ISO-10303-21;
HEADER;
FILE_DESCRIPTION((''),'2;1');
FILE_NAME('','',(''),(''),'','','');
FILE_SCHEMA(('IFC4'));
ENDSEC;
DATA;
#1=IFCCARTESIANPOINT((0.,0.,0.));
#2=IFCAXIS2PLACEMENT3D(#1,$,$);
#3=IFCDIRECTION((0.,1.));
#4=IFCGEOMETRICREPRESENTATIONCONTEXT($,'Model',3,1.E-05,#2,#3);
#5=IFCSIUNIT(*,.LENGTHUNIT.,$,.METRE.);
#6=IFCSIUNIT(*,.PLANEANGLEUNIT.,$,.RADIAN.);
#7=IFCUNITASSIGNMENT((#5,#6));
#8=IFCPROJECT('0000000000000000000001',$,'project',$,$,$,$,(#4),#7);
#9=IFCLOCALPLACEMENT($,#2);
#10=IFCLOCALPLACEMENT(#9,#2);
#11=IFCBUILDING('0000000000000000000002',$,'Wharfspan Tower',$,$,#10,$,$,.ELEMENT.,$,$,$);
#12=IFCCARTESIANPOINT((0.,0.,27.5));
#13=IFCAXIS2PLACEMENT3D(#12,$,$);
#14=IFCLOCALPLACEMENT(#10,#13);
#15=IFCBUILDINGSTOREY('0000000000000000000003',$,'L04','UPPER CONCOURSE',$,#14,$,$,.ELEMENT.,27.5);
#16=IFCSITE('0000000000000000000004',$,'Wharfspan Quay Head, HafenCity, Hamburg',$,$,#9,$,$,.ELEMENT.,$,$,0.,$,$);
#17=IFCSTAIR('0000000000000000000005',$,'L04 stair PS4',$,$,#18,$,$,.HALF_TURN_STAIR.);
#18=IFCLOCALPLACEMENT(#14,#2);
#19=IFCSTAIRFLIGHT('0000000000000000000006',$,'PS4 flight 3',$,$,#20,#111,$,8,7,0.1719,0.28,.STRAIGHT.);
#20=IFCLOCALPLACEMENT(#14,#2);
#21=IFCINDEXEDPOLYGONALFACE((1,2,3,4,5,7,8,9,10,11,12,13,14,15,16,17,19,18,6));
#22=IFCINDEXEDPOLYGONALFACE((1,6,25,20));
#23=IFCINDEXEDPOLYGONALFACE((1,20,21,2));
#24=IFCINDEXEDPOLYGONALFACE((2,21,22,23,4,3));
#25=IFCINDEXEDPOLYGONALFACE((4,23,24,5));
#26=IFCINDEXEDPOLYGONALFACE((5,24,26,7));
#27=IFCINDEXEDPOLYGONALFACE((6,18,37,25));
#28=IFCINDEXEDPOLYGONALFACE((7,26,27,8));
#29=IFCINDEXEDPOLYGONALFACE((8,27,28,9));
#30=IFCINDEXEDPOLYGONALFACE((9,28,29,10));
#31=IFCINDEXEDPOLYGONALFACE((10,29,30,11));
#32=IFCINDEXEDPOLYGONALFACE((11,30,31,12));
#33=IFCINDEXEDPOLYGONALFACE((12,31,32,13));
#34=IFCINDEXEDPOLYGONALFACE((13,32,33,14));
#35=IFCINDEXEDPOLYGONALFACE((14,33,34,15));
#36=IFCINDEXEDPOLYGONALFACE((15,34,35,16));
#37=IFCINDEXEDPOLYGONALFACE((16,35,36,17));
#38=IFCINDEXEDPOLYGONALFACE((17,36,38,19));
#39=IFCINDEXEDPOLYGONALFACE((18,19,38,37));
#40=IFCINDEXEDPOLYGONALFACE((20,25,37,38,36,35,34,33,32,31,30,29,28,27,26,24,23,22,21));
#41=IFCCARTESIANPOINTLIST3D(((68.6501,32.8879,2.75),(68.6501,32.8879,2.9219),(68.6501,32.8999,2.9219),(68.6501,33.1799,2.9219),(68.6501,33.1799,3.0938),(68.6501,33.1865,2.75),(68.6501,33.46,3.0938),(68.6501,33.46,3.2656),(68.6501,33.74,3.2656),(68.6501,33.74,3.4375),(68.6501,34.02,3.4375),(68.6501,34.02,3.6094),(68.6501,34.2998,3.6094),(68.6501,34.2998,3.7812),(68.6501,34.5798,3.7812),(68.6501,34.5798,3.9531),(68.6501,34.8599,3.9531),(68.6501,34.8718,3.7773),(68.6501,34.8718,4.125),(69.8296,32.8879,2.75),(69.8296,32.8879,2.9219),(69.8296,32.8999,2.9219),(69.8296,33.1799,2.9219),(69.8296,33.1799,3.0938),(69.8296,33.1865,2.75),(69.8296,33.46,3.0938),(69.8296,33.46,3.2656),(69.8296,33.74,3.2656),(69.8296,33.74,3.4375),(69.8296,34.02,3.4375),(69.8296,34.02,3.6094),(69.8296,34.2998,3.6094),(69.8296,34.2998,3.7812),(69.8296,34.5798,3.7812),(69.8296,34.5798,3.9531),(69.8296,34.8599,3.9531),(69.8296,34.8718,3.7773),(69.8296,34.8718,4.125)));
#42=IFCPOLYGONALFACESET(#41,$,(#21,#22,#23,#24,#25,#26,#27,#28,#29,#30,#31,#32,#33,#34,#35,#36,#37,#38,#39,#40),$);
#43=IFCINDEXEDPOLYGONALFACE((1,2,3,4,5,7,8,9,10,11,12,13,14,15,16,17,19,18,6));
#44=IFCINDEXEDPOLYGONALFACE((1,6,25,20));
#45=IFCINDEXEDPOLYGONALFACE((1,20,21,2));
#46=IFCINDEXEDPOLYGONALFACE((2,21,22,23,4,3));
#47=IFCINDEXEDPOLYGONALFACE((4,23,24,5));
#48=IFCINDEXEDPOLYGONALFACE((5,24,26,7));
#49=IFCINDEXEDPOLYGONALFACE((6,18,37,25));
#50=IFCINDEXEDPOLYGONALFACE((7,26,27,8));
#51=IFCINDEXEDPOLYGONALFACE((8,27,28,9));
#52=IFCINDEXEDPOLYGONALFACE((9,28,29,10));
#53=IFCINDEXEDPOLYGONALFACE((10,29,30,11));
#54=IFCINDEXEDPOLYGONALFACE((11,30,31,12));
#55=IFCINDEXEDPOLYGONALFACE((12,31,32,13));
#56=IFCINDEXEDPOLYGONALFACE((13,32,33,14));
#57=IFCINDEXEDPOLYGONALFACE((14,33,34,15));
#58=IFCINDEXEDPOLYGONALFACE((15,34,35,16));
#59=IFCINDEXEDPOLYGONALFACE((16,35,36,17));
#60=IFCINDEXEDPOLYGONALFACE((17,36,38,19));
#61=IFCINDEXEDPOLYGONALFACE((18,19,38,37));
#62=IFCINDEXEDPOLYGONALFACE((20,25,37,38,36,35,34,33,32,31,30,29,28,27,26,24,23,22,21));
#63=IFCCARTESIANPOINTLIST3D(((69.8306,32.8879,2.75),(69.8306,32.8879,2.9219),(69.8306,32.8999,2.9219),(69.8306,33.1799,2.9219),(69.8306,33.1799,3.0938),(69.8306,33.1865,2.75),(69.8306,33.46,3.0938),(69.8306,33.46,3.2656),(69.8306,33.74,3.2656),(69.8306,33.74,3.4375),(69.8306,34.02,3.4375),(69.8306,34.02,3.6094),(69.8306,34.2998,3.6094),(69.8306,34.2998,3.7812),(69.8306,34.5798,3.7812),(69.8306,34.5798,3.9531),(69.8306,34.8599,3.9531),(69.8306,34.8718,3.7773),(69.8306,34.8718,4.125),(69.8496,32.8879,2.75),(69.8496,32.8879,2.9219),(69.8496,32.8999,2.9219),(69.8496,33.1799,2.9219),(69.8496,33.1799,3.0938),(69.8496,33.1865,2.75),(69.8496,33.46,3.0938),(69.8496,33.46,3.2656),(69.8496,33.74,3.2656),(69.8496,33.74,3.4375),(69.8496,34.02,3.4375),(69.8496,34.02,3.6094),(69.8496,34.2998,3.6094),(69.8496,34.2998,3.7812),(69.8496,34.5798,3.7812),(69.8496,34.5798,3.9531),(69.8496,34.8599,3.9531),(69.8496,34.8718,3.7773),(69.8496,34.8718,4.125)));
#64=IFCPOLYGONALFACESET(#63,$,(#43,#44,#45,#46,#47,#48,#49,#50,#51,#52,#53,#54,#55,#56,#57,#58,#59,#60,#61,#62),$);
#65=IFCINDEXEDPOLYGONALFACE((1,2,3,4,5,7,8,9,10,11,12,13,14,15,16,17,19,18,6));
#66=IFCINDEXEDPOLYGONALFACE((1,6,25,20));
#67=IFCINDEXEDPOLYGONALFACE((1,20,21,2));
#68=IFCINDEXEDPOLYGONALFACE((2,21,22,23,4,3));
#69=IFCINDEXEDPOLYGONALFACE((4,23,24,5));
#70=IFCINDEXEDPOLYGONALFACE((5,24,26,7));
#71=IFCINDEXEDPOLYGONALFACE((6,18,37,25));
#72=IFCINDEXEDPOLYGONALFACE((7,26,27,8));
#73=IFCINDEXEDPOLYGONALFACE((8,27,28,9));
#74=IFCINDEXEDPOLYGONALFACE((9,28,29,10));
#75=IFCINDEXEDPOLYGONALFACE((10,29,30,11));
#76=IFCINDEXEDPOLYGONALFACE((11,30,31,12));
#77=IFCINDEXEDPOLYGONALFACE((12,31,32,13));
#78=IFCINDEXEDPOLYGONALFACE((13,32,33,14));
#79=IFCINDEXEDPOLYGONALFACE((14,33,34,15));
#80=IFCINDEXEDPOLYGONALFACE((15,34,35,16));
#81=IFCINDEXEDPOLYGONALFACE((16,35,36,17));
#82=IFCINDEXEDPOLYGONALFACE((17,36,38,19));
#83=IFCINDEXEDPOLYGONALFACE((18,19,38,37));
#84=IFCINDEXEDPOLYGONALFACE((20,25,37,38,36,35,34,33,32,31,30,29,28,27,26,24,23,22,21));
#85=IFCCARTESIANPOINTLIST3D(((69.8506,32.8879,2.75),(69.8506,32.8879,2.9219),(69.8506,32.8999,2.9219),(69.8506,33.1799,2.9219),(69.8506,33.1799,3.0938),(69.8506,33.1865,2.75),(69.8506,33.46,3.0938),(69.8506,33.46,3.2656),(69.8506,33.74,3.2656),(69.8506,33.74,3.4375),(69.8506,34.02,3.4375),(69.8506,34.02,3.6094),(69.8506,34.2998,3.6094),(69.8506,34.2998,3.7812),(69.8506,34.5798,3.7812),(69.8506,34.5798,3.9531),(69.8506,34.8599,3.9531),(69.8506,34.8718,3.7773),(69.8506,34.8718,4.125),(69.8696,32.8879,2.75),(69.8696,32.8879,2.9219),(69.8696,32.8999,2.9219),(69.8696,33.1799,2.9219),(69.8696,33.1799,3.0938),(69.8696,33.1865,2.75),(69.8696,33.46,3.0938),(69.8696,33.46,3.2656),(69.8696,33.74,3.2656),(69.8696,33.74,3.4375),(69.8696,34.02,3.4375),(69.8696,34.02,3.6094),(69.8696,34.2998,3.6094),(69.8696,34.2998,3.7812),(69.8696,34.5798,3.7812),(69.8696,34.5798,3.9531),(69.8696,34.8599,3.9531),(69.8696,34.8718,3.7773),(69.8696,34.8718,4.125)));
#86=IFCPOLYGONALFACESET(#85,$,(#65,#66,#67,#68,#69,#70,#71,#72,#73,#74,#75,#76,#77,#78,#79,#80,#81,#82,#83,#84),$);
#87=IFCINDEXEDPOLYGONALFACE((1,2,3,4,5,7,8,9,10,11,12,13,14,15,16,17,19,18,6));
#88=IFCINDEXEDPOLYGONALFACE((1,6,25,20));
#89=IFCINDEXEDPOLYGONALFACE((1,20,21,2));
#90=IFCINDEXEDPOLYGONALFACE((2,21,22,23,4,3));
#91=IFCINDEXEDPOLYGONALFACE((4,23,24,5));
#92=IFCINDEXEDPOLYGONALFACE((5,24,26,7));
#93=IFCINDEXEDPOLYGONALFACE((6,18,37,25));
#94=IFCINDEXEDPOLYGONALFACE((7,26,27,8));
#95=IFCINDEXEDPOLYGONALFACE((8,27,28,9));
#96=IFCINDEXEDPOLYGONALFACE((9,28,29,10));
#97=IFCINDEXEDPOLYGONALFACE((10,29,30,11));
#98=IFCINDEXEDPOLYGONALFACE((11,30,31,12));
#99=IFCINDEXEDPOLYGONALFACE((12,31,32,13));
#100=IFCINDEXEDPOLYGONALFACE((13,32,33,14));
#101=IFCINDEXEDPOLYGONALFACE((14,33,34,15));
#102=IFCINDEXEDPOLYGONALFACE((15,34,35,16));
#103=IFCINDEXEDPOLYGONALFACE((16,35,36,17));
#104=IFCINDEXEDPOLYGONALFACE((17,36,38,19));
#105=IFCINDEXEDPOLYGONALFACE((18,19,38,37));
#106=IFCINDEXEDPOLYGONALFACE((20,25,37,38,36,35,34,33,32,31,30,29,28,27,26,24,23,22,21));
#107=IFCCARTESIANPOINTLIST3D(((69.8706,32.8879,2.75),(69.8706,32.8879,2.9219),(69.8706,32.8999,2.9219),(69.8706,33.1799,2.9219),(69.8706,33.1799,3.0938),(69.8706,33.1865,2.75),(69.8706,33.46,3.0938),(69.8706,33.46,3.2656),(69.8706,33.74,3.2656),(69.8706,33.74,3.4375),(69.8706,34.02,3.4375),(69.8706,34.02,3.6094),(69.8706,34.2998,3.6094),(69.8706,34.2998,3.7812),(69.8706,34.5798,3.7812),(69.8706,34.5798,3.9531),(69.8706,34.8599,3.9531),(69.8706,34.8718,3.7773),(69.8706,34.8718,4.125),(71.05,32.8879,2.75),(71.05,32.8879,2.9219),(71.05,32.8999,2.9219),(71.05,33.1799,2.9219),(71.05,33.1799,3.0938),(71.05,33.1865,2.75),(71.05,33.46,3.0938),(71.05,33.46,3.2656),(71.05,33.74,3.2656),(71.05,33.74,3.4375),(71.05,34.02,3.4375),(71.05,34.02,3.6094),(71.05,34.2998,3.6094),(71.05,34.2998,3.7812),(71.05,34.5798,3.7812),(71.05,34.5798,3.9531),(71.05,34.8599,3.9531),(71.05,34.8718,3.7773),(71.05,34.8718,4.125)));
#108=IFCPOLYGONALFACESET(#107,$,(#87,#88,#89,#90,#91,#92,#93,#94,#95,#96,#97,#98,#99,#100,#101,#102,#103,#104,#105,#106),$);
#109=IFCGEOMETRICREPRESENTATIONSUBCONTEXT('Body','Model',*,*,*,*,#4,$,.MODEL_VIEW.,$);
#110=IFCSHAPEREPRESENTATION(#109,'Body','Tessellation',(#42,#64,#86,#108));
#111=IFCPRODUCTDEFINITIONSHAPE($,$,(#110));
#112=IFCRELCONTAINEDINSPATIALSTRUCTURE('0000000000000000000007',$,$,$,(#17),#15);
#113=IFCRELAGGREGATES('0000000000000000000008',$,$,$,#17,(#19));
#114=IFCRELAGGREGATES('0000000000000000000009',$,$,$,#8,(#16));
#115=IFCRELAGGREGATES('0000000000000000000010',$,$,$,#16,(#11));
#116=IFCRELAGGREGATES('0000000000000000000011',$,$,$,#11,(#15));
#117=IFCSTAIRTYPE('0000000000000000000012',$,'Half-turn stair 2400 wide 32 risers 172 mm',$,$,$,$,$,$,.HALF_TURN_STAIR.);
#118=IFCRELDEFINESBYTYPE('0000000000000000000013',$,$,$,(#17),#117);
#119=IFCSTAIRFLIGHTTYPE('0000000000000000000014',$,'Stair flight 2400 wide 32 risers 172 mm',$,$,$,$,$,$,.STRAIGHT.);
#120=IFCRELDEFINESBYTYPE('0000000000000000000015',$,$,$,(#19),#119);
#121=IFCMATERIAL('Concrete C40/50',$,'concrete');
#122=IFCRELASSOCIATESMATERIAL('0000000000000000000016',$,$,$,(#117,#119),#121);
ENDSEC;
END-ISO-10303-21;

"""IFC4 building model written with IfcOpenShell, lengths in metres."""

from ifc_helpers import new_model, si_unit, direction, frame, origin, place, context, subcontext, project, spatial, polyline, outline, extrude, material, type_object, element, aggregate, save


model = new_model("IFC4")

# Units and contexts
model_context = context("Model", 3, precision=1e-05, world=origin(), true_north=direction((0.0, 1.0)))
body_context = subcontext(model_context, "Body", "Model", "MODEL_VIEW")
ifc_project = project(units=[si_unit("LENGTHUNIT", "METRE"), si_unit("PLANEANGLEUNIT", "RADIAN")], contexts=[model_context])

# Site, building, storey
site_placement = place(None, origin())
site = spatial("IfcSite", under=ifc_project, at=site_placement, Name="Wharfspan Quay Head, HafenCity, Hamburg", CompositionType="ELEMENT", RefElevation=0.0)
building_placement = place(site_placement, origin())
building = spatial("IfcBuilding", under=site, at=building_placement, Name="Wharfspan Tower", CompositionType="ELEMENT")
storey_placement = place(building_placement, frame((0.0, 0.0, 27.5)))
storey = spatial("IfcBuildingStorey", under=building, at=storey_placement, Name="L04", Description="UPPER CONCOURSE", CompositionType="ELEMENT", Elevation=27.5)

# Shared definitions
ifc_material_1 = material(Name="Concrete C40/50", Category="concrete")

# Stair, stair flight
stair_type = type_object("IfcStairType", Name="Half-turn stair 2400 wide 32 risers 172 mm", PredefinedType="HALF_TURN_STAIR", material=ifc_material_1)
stair_1_placement = place(storey_placement, origin())
stair_1 = element("IfcStair", 1, at=stair_1_placement, inside=storey, type_object=stair_type, Name="L04 stair PS4", PredefinedType="HALF_TURN_STAIR")
stair_flight_type = type_object("IfcStairFlightType", Name="Stair flight 2400 wide 32 risers 172 mm", PredefinedType="STRAIGHT", material=ifc_material_1)
stair_flight_1_placement = place(storey_placement, frame((69.8501, 32.8999, 2.75), z_axis=(0.0, 0.0, 1.0), x_axis=(0.0, 1.0, 0.0)))
stair_flight_1 = element("IfcStairFlight", 2, at=stair_flight_1_placement, type_object=stair_flight_type, Name="PS4 flight 3", NumberOfRisers=8, NumberOfTreads=7, PredefinedType="STRAIGHT", RiserHeight=0.1719, TreadLength=0.28, context=body_context, shape_type="SweptSolid", body=[
    extrude(outline(polyline([(-0.012, 0.0), (-0.012, 0.1719), (0.0, 0.1719), (0.28, 0.1719), (0.28, 0.3438), (0.5601, 0.3438), (0.5601, 0.5156), (0.8401, 0.5156), (0.8401, 0.6875), (1.1201, 0.6875), (1.1201, 0.8594), (1.3999, 0.8594), (1.3999, 1.0312), (1.6799, 1.0312), (1.6799, 1.2031), (1.96, 1.2031), (1.9719, 1.375), (1.9719, 1.0273), (0.2866, 0.0), (-0.012, 0.0)])), frame((0.0, 1.2, 0.0), z_axis=(0.0, -1.0, 0.0), x_axis=(1.0, 0.0, 0.0)), (0.0, 0.0, 1.0), 1.1794),
    extrude(outline(polyline([(-0.012, 0.0), (-0.012, 0.1719), (0.0, 0.1719), (0.28, 0.1719), (0.28, 0.3438), (0.5601, 0.3438), (0.5601, 0.5156), (0.8401, 0.5156), (0.8401, 0.6875), (1.1201, 0.6875), (1.1201, 0.8594), (1.3999, 0.8594), (1.3999, 1.0312), (1.6799, 1.0312), (1.6799, 1.2031), (1.96, 1.2031), (1.9719, 1.375), (1.9719, 1.0273), (0.2866, 0.0), (-0.012, 0.0)])), frame((0.0, 0.0195, 0.0), z_axis=(0.0, -1.0, 0.0), x_axis=(1.0, 0.0, 0.0)), (0.0, 0.0, 1.0), 0.019),
    extrude(outline(polyline([(-0.012, 0.0), (-0.012, 0.1719), (0.0, 0.1719), (0.28, 0.1719), (0.28, 0.3438), (0.5601, 0.3438), (0.5601, 0.5156), (0.8401, 0.5156), (0.8401, 0.6875), (1.1201, 0.6875), (1.1201, 0.8594), (1.3999, 0.8594), (1.3999, 1.0312), (1.6799, 1.0312), (1.6799, 1.2031), (1.96, 1.2031), (1.9719, 1.375), (1.9719, 1.0273), (0.2866, 0.0), (-0.012, 0.0)])), frame((0.0, -0.0005, 0.0), z_axis=(0.0, -1.0, 0.0), x_axis=(1.0, 0.0, 0.0)), (0.0, 0.0, 1.0), 0.019),
    extrude(outline(polyline([(-0.012, 0.0), (-0.012, 0.1719), (0.0, 0.1719), (0.28, 0.1719), (0.28, 0.3438), (0.5601, 0.3438), (0.5601, 0.5156), (0.8401, 0.5156), (0.8401, 0.6875), (1.1201, 0.6875), (1.1201, 0.8594), (1.3999, 0.8594), (1.3999, 1.0312), (1.6799, 1.0312), (1.6799, 1.2031), (1.96, 1.2031), (1.9719, 1.375), (1.9719, 1.0273), (0.2866, 0.0), (-0.012, 0.0)])), frame((0.0, -0.0205, 0.0), z_axis=(0.0, -1.0, 0.0), x_axis=(1.0, 0.0, 0.0)), (0.0, 0.0, 1.0), 1.1794),
])
aggregate(stair_1, [stair_flight_1])

save(model, "model.ifc")
